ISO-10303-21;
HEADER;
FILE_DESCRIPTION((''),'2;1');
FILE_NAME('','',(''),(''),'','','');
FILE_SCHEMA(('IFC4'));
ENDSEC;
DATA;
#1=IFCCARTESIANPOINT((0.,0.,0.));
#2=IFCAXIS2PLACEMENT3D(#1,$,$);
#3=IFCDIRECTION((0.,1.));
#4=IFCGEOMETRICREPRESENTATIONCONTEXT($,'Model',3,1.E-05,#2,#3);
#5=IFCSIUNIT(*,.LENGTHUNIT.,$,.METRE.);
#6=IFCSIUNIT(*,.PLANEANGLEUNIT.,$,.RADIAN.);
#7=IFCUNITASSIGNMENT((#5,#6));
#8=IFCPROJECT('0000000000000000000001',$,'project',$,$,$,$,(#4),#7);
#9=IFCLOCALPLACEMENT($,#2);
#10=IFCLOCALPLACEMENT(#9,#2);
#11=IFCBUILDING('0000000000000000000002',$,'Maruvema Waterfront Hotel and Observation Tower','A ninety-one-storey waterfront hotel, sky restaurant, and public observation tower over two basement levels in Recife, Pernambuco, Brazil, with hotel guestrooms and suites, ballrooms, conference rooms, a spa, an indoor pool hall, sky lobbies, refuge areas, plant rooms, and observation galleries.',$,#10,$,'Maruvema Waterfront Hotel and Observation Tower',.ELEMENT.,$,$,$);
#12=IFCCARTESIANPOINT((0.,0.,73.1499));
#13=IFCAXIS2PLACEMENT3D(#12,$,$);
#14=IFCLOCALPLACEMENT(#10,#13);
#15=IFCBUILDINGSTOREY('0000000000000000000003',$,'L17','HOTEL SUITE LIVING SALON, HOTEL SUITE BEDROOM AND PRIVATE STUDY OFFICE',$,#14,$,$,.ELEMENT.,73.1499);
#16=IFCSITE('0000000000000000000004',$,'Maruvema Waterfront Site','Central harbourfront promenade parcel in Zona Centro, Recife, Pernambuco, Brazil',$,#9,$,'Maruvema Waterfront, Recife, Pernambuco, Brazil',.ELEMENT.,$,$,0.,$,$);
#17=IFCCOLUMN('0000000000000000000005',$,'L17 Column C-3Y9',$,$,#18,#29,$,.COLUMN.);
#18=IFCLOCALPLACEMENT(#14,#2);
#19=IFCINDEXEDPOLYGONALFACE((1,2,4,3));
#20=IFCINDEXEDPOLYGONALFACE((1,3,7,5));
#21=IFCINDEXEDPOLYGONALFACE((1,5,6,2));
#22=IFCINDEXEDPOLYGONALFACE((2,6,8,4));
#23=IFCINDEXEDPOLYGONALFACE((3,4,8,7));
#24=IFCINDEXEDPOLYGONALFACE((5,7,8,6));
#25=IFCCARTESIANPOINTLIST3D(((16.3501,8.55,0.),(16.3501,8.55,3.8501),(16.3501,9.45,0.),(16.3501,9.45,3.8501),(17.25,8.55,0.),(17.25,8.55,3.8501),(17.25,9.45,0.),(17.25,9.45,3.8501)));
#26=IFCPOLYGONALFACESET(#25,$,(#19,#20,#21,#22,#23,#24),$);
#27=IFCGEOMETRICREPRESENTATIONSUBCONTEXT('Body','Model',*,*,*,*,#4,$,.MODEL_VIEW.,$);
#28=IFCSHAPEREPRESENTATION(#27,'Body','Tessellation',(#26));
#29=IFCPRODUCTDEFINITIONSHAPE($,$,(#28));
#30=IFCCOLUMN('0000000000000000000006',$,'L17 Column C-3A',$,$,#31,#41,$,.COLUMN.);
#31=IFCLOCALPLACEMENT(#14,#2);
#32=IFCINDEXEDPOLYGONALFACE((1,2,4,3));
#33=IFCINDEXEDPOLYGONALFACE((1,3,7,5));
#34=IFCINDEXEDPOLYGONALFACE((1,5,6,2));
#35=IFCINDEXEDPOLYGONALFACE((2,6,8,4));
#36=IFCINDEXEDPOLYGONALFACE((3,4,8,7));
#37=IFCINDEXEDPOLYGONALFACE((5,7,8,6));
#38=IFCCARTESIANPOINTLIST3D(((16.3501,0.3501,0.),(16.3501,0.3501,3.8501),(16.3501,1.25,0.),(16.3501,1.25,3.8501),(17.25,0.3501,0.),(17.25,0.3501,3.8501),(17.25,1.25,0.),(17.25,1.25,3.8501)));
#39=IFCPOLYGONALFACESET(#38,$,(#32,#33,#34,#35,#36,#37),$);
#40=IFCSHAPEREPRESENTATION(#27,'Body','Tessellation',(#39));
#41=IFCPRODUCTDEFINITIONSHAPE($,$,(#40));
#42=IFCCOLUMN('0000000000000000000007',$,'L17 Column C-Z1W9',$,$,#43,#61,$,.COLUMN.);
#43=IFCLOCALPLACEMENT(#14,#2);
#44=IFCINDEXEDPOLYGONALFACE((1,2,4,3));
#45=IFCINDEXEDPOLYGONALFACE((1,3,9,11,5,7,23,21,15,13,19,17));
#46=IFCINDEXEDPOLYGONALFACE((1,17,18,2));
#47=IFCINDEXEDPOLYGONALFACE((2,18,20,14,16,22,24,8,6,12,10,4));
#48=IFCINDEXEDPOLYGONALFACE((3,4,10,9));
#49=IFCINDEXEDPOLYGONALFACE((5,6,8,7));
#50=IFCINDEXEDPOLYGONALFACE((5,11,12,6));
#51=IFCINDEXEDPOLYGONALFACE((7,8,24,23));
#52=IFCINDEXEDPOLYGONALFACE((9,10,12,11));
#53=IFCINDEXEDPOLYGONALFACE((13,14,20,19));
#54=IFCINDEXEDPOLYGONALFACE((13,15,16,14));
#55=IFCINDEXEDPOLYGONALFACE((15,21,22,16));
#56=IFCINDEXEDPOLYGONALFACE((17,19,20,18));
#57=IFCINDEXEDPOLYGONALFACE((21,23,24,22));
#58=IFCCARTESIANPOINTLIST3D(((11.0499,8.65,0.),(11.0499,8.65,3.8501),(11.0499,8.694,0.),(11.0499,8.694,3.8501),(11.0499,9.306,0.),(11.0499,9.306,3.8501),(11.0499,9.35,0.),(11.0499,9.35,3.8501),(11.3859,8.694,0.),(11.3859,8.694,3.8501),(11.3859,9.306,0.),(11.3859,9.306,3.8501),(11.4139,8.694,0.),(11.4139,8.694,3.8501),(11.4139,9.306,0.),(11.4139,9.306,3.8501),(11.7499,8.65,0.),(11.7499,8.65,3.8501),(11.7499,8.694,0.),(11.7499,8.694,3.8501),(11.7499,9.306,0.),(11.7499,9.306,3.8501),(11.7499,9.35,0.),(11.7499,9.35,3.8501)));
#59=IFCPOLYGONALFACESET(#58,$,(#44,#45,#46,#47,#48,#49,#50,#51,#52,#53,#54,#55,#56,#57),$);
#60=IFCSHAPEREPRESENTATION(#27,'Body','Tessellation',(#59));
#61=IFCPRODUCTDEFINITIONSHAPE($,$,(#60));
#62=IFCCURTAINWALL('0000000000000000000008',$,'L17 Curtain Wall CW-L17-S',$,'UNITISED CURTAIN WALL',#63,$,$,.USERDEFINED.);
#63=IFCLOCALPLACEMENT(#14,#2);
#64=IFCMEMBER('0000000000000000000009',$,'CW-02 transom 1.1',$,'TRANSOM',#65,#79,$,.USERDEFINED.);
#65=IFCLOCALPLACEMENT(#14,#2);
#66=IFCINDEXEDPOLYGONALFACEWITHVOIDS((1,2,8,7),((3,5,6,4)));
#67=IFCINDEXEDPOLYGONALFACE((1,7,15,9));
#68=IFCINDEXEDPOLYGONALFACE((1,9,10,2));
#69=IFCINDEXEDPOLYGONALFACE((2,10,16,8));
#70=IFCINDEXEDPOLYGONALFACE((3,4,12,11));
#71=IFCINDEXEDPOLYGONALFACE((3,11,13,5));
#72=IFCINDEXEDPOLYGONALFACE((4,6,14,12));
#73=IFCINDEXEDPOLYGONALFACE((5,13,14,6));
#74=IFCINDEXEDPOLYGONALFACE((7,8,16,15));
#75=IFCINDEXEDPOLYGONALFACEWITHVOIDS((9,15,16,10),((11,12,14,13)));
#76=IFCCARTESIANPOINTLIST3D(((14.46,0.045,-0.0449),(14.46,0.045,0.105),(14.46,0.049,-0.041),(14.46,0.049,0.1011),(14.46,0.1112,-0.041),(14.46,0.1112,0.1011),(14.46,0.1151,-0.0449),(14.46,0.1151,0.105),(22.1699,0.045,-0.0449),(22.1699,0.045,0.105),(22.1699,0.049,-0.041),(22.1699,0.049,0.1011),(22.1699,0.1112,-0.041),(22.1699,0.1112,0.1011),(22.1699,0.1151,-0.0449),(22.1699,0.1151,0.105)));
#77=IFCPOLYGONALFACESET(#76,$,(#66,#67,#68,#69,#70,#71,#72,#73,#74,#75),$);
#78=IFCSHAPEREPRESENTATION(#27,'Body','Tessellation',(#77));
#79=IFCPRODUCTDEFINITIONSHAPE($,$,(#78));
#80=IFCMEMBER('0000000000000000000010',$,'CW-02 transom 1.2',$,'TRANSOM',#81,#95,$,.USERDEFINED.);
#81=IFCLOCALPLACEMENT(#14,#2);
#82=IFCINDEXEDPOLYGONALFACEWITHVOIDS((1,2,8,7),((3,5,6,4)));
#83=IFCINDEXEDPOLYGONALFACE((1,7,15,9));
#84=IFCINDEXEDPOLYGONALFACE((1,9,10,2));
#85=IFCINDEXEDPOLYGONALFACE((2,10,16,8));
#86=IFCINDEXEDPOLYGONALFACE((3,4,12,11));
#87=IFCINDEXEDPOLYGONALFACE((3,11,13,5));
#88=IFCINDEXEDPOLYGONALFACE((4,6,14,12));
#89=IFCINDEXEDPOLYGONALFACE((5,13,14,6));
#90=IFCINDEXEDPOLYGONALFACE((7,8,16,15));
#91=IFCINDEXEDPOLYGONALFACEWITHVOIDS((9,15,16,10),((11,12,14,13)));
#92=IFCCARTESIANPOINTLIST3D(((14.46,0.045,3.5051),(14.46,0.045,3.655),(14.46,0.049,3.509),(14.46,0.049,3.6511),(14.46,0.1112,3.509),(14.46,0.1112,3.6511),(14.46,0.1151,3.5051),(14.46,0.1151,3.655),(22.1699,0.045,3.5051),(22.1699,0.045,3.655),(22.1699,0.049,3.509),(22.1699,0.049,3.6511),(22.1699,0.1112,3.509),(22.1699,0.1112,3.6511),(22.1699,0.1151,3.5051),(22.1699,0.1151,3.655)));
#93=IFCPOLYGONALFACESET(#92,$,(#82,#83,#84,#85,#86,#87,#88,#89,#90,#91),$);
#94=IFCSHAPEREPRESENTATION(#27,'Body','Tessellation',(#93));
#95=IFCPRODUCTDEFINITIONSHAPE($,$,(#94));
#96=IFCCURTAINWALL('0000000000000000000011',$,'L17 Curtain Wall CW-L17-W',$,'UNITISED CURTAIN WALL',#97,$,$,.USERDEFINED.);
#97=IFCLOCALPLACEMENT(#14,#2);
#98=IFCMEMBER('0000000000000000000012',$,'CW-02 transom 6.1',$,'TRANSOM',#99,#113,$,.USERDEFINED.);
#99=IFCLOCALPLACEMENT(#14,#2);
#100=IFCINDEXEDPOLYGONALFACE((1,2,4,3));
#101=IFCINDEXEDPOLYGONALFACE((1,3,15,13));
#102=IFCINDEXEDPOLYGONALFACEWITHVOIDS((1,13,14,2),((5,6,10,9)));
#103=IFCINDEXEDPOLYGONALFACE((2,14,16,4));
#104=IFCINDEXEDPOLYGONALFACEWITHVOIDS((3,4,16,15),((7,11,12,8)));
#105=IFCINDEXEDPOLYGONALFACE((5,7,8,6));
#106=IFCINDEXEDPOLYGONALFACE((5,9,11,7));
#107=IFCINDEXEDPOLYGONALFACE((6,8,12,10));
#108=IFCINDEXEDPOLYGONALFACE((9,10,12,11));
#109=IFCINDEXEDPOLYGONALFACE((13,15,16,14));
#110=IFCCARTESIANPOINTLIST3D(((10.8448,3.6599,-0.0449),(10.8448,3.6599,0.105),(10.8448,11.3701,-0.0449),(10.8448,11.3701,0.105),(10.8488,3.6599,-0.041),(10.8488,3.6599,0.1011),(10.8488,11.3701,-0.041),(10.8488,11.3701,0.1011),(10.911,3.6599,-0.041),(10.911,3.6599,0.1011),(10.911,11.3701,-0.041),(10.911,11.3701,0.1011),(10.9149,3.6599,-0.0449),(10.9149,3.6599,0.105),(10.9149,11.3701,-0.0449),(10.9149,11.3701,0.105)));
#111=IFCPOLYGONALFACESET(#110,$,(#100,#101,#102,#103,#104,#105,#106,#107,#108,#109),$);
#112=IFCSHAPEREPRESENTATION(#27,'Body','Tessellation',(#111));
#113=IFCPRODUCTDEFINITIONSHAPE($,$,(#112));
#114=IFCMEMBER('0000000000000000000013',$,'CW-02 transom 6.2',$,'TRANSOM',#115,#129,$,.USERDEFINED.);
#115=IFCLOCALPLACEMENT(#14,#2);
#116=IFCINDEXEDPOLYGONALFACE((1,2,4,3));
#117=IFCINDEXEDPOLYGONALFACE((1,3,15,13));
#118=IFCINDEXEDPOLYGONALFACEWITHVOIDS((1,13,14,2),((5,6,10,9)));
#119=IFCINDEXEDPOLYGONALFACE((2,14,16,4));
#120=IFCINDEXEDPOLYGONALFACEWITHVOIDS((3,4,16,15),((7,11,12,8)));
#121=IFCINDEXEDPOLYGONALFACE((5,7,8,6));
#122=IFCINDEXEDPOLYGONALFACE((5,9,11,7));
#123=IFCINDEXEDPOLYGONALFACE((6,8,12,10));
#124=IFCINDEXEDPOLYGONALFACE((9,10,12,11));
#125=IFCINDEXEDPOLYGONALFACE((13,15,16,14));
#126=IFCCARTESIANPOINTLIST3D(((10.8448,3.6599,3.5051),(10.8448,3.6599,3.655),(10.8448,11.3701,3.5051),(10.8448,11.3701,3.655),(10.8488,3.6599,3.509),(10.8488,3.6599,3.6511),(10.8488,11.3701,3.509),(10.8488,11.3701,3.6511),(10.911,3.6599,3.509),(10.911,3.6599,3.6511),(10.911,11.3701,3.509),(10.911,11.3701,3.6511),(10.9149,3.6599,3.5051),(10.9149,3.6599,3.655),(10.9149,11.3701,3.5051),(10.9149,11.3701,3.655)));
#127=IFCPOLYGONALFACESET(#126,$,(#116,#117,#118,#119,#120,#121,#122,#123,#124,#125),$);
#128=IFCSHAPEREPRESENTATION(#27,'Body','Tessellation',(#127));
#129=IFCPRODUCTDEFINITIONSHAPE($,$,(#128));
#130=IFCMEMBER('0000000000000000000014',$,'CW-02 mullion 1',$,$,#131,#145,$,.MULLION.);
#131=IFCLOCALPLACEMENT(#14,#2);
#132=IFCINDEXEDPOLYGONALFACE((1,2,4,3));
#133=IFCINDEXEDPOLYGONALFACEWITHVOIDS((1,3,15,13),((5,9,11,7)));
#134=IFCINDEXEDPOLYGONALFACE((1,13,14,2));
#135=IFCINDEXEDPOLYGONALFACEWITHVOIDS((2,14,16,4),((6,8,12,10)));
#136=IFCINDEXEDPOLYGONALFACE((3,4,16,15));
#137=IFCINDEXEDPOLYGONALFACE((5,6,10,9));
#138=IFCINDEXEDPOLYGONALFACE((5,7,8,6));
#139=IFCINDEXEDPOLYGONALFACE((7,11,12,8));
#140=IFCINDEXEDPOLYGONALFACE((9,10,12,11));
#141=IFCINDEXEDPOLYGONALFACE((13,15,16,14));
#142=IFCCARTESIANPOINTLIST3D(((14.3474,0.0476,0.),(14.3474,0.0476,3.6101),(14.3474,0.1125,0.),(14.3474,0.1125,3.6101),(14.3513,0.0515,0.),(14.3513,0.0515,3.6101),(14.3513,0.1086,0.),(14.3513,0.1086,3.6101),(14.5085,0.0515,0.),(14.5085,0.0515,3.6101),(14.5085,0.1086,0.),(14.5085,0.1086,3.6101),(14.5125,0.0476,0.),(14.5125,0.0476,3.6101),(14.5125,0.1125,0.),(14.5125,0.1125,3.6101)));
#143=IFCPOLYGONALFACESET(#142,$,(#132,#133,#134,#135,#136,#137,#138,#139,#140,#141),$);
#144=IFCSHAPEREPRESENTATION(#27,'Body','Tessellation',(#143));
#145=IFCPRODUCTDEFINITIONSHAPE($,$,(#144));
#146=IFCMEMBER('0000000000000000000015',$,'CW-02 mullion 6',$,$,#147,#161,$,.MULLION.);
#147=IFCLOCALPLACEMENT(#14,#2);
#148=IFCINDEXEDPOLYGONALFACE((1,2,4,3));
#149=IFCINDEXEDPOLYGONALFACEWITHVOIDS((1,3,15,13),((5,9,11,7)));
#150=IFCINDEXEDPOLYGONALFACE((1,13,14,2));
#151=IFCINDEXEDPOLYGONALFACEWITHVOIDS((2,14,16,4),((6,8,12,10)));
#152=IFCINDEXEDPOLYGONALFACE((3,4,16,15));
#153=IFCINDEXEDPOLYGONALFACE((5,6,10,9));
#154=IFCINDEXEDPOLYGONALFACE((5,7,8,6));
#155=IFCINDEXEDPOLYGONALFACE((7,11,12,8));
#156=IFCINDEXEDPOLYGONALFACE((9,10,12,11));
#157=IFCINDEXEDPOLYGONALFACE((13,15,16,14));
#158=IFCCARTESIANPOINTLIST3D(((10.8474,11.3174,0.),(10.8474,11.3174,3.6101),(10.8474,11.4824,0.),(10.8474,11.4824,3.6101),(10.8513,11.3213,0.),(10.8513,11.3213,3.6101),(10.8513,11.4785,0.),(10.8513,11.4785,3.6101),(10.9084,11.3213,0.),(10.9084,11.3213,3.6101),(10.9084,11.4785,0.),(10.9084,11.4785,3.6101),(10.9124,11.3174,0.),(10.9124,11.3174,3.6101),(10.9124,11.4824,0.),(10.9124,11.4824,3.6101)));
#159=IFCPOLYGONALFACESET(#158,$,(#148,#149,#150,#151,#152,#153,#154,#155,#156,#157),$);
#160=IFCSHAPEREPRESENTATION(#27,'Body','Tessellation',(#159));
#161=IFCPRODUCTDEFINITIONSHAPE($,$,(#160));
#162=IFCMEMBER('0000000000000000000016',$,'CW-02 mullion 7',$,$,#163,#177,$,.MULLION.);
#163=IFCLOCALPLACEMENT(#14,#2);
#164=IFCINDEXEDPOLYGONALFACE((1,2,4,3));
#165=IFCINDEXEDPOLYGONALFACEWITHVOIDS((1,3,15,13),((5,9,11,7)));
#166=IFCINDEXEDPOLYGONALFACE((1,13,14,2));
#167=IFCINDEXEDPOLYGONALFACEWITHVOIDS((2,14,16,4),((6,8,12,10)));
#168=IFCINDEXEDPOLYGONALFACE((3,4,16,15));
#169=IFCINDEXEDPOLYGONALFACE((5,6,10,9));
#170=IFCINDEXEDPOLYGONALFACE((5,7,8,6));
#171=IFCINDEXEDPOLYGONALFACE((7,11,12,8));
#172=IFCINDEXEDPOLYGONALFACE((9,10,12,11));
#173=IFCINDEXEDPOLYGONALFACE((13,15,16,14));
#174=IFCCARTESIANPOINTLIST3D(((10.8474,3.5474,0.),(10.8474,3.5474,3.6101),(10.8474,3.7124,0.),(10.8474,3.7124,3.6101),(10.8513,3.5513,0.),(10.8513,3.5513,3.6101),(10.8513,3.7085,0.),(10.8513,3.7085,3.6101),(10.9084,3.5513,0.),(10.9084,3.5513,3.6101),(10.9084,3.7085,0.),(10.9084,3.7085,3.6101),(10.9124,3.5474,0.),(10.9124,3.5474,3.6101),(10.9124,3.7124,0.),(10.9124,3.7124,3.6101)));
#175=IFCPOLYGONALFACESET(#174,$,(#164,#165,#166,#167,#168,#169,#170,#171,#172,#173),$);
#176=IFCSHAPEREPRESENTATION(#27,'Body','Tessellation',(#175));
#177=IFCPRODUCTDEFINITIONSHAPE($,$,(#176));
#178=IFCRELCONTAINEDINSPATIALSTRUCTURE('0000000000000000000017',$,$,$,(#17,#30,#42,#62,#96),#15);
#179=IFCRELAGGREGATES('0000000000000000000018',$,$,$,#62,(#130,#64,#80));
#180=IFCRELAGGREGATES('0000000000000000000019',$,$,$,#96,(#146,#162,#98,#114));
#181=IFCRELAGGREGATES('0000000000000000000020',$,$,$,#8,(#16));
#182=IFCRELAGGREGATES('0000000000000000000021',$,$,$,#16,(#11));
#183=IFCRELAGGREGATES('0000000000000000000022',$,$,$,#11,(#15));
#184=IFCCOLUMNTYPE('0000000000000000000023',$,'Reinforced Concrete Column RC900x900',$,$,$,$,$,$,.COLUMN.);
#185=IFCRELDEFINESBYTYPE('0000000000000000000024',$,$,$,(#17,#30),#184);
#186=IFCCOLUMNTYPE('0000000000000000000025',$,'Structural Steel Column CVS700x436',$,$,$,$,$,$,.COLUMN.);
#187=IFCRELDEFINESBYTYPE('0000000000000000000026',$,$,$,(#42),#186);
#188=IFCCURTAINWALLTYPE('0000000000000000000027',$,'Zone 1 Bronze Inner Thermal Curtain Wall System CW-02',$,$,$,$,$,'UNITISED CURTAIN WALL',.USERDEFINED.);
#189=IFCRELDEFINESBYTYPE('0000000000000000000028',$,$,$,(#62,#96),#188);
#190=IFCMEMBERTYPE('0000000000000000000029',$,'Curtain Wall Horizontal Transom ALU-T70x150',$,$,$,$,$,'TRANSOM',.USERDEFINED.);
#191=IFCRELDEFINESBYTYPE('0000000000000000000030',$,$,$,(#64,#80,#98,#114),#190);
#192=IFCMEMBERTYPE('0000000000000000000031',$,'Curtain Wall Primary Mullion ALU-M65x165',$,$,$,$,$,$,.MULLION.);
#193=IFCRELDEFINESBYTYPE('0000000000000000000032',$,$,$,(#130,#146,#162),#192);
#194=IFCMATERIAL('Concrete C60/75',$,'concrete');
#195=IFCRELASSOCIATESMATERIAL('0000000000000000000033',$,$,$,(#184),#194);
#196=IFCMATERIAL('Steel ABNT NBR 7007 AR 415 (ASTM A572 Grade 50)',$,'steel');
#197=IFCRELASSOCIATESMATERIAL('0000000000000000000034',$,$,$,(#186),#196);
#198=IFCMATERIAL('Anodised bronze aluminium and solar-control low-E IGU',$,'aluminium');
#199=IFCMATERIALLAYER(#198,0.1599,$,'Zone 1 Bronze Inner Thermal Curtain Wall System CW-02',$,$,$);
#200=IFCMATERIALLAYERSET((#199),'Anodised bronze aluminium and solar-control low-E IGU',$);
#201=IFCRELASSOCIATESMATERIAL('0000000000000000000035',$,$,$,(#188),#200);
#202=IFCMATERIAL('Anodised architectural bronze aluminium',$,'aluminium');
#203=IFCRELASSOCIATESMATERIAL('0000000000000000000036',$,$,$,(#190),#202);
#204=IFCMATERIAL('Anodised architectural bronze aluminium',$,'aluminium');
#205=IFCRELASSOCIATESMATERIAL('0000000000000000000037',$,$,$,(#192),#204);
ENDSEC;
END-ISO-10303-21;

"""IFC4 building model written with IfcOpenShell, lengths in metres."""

from ifc_helpers import new_model, si_unit, direction, frame, origin, origin_2d, place, context, subcontext, project, spatial, rectangle, hollow_rectangle, i_section, extrude, material, layer, layer_set, material_profile, profile_set, type_object, element, aggregate, save


model = new_model("IFC4")

# Units and contexts
model_context = context("Model", 3, precision=1e-05, world=origin(), true_north=direction((0.0, 1.0)))
body_context = subcontext(model_context, "Body", "Model", "MODEL_VIEW")
ifc_project = project(units=[si_unit("LENGTHUNIT", "METRE"), si_unit("PLANEANGLEUNIT", "RADIAN")], contexts=[model_context])

# Site, building, storey
site_placement = place(None, origin())
site = spatial("IfcSite", under=ifc_project, at=site_placement, Name="Maruvema Waterfront Site", Description="Central harbourfront promenade parcel in Zona Centro, Recife, Pernambuco, Brazil", LongName="Maruvema Waterfront, Recife, Pernambuco, Brazil", CompositionType="ELEMENT", RefElevation=0.0)
building_placement = place(site_placement, origin())
building = spatial("IfcBuilding", under=site, at=building_placement, Name="Maruvema Waterfront Hotel and Observation Tower", Description="A ninety-one-storey waterfront hotel, sky restaurant, and public observation tower over two basement levels in Recife, Pernambuco, Brazil, with hotel guestrooms and suites, ballrooms, conference rooms, a spa, an indoor pool hall, sky lobbies, refuge areas, plant rooms, and observation galleries.", LongName="Maruvema Waterfront Hotel and Observation Tower", CompositionType="ELEMENT")
storey_placement = place(building_placement, frame((0.0, 0.0, 73.1499)))
storey = spatial("IfcBuildingStorey", under=building, at=storey_placement, Name="L17", Description="HOTEL SUITE LIVING SALON, HOTEL SUITE BEDROOM AND PRIVATE STUDY OFFICE", CompositionType="ELEMENT", Elevation=73.1499)

# Columns
ifc_material_1 = material(Name="Concrete C60/75", Category="concrete")
ifc_material_profile_1 = material_profile(ifc_material_1, rectangle(XDim=0.8999, YDim=0.8999, at=origin_2d()), Name="RC900x900")
ifc_profile_set_1 = profile_set([ifc_material_profile_1], Name="Concrete C60/75")
column_type_1 = type_object("IfcColumnType", Name="Reinforced Concrete Column RC900x900", PredefinedType="COLUMN", material=ifc_profile_set_1)
for number, where, z_axis, x_axis, name in (
    (1, (16.8, 9.0, 0.0), (0.0, 0.0, 1.0), (1.0, 0.0, 0.0), "L17 Column C-3Y9"),
    (2, (16.8, 0.8, 0.0), (0.0, 0.0, 1.0), (1.0, 0.0, 0.0), "L17 Column C-3A"),
):
    element("IfcColumn", number, at=place(storey_placement, frame(where, z_axis=z_axis, x_axis=x_axis)), inside=storey, type_object=column_type_1, Name=name, PredefinedType="COLUMN", context=body_context, shape_type="SweptSolid", body=[
        extrude(rectangle(XDim=0.8999, YDim=0.8999, at=origin_2d()), origin(), (0.0, 0.0, 1.0), 3.8501),
    ])
ifc_material_2 = material(Name="Steel ABNT NBR 7007 AR 415 (ASTM A572 Grade 50)", Category="steel")
ifc_material_profile_2 = material_profile(ifc_material_2, i_section(OverallWidth=0.7, OverallDepth=0.7, WebThickness=0.0281, FlangeThickness=0.0439, at=origin_2d()), Name="CVS700x436")
ifc_profile_set_2 = profile_set([ifc_material_profile_2], Name="Steel ABNT NBR 7007 AR 415 (ASTM A572 Grade 50)")
column_type_2 = type_object("IfcColumnType", Name="Structural Steel Column CVS700x436", PredefinedType="COLUMN", material=ifc_profile_set_2)
column_placement = place(storey_placement, frame((11.3999, 9.0, 0.0), z_axis=(0.0, 0.0, 1.0), x_axis=(1.0, 0.0, 0.0)))
element("IfcColumn", 3, at=column_placement, inside=storey, type_object=column_type_2, Name="L17 Column C-Z1W9", PredefinedType="COLUMN", context=body_context, shape_type="SweptSolid", body=[
    extrude(i_section(OverallWidth=0.7, OverallDepth=0.7, WebThickness=0.0281, FlangeThickness=0.0439, at=origin_2d()), origin(), (0.0, 0.0, 1.0), 3.8501),
])

# Curtain walls, members
ifc_material_3 = material(Name="Anodised bronze aluminium and solar-control low-E IGU", Category="aluminium")
ifc_layer_1 = layer(ifc_material_3, 0.1599, Name="Zone 1 Bronze Inner Thermal Curtain Wall System CW-02")
ifc_layer_set_1 = layer_set([ifc_layer_1], Name="Anodised bronze aluminium and solar-control low-E IGU")
curtain_wall_type = type_object("IfcCurtainWallType", Name="Zone 1 Bronze Inner Thermal Curtain Wall System CW-02", ElementType="UNITISED CURTAIN WALL", PredefinedType="USERDEFINED", material=ifc_layer_set_1)
curtain_wall_1_placement = place(storey_placement, origin())
curtain_wall_1 = element("IfcCurtainWall", 4, at=curtain_wall_1_placement, inside=storey, type_object=curtain_wall_type, Name="L17 Curtain Wall CW-L17-S", ObjectType="UNITISED CURTAIN WALL", PredefinedType="USERDEFINED")
ifc_material_4 = material(Name="Anodised architectural bronze aluminium", Category="aluminium")
ifc_material_profile_3 = material_profile(ifc_material_4, hollow_rectangle(XDim=0.0701, YDim=0.1499, WallThickness=0.0039, at=origin_2d()), Name="ALU-T70x150")
ifc_profile_set_3 = profile_set([ifc_material_profile_3], Name="Anodised architectural bronze aluminium")
member_type_1 = type_object("IfcMemberType", Name="Curtain Wall Horizontal Transom ALU-T70x150", ElementType="TRANSOM", PredefinedType="USERDEFINED", material=ifc_profile_set_3)
member_1_placement = place(storey_placement, frame((14.46, 0.0801, 0.03), z_axis=(1.0, 0.0, 0.0), x_axis=(0.0, 1.0, 0.0)))
member_1 = element("IfcMember", 5, at=member_1_placement, type_object=member_type_1, Name="CW-02 transom 1.1", ObjectType="TRANSOM", PredefinedType="USERDEFINED", context=body_context, shape_type="SweptSolid", body=[
    extrude(hollow_rectangle(XDim=0.0701, YDim=0.1499, WallThickness=0.0039, at=origin_2d()), origin(), (0.0, 0.0, 1.0), 7.71),
])
member_2_placement = place(storey_placement, frame((14.46, 0.0801, 3.5801), z_axis=(1.0, 0.0, 0.0), x_axis=(0.0, 1.0, 0.0)))
member_2 = element("IfcMember", 6, at=member_2_placement, type_object=member_type_1, Name="CW-02 transom 1.2", ObjectType="TRANSOM", PredefinedType="USERDEFINED", context=body_context, shape_type="SweptSolid", body=[
    extrude(hollow_rectangle(XDim=0.0701, YDim=0.1499, WallThickness=0.0039, at=origin_2d()), origin(), (0.0, 0.0, 1.0), 7.71),
])
curtain_wall_2_placement = place(storey_placement, origin())
curtain_wall_2 = element("IfcCurtainWall", 7, at=curtain_wall_2_placement, inside=storey, type_object=curtain_wall_type, Name="L17 Curtain Wall CW-L17-W", ObjectType="UNITISED CURTAIN WALL", PredefinedType="USERDEFINED")
member_3_placement = place(storey_placement, frame((10.8799, 11.3701, 0.03), z_axis=(0.0, -1.0, 0.0), x_axis=(1.0, 0.0, 0.0)))
member_3 = element("IfcMember", 8, at=member_3_placement, type_object=member_type_1, Name="CW-02 transom 6.1", ObjectType="TRANSOM", PredefinedType="USERDEFINED", context=body_context, shape_type="SweptSolid", body=[
    extrude(hollow_rectangle(XDim=0.0701, YDim=0.1499, WallThickness=0.0039, at=origin_2d()), origin(), (0.0, 0.0, 1.0), 7.7102),
])
member_4_placement = place(storey_placement, frame((10.8799, 11.3701, 3.5801), z_axis=(0.0, -1.0, 0.0), x_axis=(1.0, 0.0, 0.0)))
member_4 = element("IfcMember", 9, at=member_4_placement, type_object=member_type_1, Name="CW-02 transom 6.2", ObjectType="TRANSOM", PredefinedType="USERDEFINED", context=body_context, shape_type="SweptSolid", body=[
    extrude(hollow_rectangle(XDim=0.0701, YDim=0.1499, WallThickness=0.0039, at=origin_2d()), origin(), (0.0, 0.0, 1.0), 7.7102),
])

# Members
ifc_material_5 = material(Name="Anodised architectural bronze aluminium", Category="aluminium")
ifc_material_profile_4 = material_profile(ifc_material_5, hollow_rectangle(XDim=0.0649, YDim=0.165, WallThickness=0.0039, at=origin_2d()), Name="ALU-M65x165")
ifc_profile_set_4 = profile_set([ifc_material_profile_4], Name="Anodised architectural bronze aluminium")
member_type_2 = type_object("IfcMemberType", Name="Curtain Wall Primary Mullion ALU-M65x165", PredefinedType="MULLION", material=ifc_profile_set_4)
member_5_placement = place(storey_placement, frame((14.4299, 0.0801, 0.0), z_axis=(0.0, 0.0, 1.0), x_axis=(0.0, 1.0, 0.0)))
member_5 = element("IfcMember", 10, at=member_5_placement, type_object=member_type_2, Name="CW-02 mullion 1", PredefinedType="MULLION", context=body_context, shape_type="SweptSolid", body=[
    extrude(hollow_rectangle(XDim=0.0649, YDim=0.165, WallThickness=0.0039, at=origin_2d()), origin(), (0.0, 0.0, 1.0), 3.6101),
])
member_6_placement = place(storey_placement, frame((10.8799, 11.3999, 0.0), z_axis=(0.0, 0.0, 1.0), x_axis=(1.0, 0.0, 0.0)))
member_6 = element("IfcMember", 11, at=member_6_placement, type_object=member_type_2, Name="CW-02 mullion 6", PredefinedType="MULLION", context=body_context, shape_type="SweptSolid", body=[
    extrude(hollow_rectangle(XDim=0.0649, YDim=0.165, WallThickness=0.0039, at=origin_2d()), origin(), (0.0, 0.0, 1.0), 3.6101),
])
member_7_placement = place(storey_placement, frame((10.8799, 3.6299, 0.0), z_axis=(0.0, 0.0, 1.0), x_axis=(1.0, 0.0, 0.0)))
member_7 = element("IfcMember", 12, at=member_7_placement, type_object=member_type_2, Name="CW-02 mullion 7", PredefinedType="MULLION", context=body_context, shape_type="SweptSolid", body=[
    extrude(hollow_rectangle(XDim=0.0649, YDim=0.165, WallThickness=0.0039, at=origin_2d()), origin(), (0.0, 0.0, 1.0), 3.6101),
])

aggregate(curtain_wall_1, [member_5, member_1, member_2])
aggregate(curtain_wall_2, [member_6, member_7, member_3, member_4])

save(model, "model.ifc")
